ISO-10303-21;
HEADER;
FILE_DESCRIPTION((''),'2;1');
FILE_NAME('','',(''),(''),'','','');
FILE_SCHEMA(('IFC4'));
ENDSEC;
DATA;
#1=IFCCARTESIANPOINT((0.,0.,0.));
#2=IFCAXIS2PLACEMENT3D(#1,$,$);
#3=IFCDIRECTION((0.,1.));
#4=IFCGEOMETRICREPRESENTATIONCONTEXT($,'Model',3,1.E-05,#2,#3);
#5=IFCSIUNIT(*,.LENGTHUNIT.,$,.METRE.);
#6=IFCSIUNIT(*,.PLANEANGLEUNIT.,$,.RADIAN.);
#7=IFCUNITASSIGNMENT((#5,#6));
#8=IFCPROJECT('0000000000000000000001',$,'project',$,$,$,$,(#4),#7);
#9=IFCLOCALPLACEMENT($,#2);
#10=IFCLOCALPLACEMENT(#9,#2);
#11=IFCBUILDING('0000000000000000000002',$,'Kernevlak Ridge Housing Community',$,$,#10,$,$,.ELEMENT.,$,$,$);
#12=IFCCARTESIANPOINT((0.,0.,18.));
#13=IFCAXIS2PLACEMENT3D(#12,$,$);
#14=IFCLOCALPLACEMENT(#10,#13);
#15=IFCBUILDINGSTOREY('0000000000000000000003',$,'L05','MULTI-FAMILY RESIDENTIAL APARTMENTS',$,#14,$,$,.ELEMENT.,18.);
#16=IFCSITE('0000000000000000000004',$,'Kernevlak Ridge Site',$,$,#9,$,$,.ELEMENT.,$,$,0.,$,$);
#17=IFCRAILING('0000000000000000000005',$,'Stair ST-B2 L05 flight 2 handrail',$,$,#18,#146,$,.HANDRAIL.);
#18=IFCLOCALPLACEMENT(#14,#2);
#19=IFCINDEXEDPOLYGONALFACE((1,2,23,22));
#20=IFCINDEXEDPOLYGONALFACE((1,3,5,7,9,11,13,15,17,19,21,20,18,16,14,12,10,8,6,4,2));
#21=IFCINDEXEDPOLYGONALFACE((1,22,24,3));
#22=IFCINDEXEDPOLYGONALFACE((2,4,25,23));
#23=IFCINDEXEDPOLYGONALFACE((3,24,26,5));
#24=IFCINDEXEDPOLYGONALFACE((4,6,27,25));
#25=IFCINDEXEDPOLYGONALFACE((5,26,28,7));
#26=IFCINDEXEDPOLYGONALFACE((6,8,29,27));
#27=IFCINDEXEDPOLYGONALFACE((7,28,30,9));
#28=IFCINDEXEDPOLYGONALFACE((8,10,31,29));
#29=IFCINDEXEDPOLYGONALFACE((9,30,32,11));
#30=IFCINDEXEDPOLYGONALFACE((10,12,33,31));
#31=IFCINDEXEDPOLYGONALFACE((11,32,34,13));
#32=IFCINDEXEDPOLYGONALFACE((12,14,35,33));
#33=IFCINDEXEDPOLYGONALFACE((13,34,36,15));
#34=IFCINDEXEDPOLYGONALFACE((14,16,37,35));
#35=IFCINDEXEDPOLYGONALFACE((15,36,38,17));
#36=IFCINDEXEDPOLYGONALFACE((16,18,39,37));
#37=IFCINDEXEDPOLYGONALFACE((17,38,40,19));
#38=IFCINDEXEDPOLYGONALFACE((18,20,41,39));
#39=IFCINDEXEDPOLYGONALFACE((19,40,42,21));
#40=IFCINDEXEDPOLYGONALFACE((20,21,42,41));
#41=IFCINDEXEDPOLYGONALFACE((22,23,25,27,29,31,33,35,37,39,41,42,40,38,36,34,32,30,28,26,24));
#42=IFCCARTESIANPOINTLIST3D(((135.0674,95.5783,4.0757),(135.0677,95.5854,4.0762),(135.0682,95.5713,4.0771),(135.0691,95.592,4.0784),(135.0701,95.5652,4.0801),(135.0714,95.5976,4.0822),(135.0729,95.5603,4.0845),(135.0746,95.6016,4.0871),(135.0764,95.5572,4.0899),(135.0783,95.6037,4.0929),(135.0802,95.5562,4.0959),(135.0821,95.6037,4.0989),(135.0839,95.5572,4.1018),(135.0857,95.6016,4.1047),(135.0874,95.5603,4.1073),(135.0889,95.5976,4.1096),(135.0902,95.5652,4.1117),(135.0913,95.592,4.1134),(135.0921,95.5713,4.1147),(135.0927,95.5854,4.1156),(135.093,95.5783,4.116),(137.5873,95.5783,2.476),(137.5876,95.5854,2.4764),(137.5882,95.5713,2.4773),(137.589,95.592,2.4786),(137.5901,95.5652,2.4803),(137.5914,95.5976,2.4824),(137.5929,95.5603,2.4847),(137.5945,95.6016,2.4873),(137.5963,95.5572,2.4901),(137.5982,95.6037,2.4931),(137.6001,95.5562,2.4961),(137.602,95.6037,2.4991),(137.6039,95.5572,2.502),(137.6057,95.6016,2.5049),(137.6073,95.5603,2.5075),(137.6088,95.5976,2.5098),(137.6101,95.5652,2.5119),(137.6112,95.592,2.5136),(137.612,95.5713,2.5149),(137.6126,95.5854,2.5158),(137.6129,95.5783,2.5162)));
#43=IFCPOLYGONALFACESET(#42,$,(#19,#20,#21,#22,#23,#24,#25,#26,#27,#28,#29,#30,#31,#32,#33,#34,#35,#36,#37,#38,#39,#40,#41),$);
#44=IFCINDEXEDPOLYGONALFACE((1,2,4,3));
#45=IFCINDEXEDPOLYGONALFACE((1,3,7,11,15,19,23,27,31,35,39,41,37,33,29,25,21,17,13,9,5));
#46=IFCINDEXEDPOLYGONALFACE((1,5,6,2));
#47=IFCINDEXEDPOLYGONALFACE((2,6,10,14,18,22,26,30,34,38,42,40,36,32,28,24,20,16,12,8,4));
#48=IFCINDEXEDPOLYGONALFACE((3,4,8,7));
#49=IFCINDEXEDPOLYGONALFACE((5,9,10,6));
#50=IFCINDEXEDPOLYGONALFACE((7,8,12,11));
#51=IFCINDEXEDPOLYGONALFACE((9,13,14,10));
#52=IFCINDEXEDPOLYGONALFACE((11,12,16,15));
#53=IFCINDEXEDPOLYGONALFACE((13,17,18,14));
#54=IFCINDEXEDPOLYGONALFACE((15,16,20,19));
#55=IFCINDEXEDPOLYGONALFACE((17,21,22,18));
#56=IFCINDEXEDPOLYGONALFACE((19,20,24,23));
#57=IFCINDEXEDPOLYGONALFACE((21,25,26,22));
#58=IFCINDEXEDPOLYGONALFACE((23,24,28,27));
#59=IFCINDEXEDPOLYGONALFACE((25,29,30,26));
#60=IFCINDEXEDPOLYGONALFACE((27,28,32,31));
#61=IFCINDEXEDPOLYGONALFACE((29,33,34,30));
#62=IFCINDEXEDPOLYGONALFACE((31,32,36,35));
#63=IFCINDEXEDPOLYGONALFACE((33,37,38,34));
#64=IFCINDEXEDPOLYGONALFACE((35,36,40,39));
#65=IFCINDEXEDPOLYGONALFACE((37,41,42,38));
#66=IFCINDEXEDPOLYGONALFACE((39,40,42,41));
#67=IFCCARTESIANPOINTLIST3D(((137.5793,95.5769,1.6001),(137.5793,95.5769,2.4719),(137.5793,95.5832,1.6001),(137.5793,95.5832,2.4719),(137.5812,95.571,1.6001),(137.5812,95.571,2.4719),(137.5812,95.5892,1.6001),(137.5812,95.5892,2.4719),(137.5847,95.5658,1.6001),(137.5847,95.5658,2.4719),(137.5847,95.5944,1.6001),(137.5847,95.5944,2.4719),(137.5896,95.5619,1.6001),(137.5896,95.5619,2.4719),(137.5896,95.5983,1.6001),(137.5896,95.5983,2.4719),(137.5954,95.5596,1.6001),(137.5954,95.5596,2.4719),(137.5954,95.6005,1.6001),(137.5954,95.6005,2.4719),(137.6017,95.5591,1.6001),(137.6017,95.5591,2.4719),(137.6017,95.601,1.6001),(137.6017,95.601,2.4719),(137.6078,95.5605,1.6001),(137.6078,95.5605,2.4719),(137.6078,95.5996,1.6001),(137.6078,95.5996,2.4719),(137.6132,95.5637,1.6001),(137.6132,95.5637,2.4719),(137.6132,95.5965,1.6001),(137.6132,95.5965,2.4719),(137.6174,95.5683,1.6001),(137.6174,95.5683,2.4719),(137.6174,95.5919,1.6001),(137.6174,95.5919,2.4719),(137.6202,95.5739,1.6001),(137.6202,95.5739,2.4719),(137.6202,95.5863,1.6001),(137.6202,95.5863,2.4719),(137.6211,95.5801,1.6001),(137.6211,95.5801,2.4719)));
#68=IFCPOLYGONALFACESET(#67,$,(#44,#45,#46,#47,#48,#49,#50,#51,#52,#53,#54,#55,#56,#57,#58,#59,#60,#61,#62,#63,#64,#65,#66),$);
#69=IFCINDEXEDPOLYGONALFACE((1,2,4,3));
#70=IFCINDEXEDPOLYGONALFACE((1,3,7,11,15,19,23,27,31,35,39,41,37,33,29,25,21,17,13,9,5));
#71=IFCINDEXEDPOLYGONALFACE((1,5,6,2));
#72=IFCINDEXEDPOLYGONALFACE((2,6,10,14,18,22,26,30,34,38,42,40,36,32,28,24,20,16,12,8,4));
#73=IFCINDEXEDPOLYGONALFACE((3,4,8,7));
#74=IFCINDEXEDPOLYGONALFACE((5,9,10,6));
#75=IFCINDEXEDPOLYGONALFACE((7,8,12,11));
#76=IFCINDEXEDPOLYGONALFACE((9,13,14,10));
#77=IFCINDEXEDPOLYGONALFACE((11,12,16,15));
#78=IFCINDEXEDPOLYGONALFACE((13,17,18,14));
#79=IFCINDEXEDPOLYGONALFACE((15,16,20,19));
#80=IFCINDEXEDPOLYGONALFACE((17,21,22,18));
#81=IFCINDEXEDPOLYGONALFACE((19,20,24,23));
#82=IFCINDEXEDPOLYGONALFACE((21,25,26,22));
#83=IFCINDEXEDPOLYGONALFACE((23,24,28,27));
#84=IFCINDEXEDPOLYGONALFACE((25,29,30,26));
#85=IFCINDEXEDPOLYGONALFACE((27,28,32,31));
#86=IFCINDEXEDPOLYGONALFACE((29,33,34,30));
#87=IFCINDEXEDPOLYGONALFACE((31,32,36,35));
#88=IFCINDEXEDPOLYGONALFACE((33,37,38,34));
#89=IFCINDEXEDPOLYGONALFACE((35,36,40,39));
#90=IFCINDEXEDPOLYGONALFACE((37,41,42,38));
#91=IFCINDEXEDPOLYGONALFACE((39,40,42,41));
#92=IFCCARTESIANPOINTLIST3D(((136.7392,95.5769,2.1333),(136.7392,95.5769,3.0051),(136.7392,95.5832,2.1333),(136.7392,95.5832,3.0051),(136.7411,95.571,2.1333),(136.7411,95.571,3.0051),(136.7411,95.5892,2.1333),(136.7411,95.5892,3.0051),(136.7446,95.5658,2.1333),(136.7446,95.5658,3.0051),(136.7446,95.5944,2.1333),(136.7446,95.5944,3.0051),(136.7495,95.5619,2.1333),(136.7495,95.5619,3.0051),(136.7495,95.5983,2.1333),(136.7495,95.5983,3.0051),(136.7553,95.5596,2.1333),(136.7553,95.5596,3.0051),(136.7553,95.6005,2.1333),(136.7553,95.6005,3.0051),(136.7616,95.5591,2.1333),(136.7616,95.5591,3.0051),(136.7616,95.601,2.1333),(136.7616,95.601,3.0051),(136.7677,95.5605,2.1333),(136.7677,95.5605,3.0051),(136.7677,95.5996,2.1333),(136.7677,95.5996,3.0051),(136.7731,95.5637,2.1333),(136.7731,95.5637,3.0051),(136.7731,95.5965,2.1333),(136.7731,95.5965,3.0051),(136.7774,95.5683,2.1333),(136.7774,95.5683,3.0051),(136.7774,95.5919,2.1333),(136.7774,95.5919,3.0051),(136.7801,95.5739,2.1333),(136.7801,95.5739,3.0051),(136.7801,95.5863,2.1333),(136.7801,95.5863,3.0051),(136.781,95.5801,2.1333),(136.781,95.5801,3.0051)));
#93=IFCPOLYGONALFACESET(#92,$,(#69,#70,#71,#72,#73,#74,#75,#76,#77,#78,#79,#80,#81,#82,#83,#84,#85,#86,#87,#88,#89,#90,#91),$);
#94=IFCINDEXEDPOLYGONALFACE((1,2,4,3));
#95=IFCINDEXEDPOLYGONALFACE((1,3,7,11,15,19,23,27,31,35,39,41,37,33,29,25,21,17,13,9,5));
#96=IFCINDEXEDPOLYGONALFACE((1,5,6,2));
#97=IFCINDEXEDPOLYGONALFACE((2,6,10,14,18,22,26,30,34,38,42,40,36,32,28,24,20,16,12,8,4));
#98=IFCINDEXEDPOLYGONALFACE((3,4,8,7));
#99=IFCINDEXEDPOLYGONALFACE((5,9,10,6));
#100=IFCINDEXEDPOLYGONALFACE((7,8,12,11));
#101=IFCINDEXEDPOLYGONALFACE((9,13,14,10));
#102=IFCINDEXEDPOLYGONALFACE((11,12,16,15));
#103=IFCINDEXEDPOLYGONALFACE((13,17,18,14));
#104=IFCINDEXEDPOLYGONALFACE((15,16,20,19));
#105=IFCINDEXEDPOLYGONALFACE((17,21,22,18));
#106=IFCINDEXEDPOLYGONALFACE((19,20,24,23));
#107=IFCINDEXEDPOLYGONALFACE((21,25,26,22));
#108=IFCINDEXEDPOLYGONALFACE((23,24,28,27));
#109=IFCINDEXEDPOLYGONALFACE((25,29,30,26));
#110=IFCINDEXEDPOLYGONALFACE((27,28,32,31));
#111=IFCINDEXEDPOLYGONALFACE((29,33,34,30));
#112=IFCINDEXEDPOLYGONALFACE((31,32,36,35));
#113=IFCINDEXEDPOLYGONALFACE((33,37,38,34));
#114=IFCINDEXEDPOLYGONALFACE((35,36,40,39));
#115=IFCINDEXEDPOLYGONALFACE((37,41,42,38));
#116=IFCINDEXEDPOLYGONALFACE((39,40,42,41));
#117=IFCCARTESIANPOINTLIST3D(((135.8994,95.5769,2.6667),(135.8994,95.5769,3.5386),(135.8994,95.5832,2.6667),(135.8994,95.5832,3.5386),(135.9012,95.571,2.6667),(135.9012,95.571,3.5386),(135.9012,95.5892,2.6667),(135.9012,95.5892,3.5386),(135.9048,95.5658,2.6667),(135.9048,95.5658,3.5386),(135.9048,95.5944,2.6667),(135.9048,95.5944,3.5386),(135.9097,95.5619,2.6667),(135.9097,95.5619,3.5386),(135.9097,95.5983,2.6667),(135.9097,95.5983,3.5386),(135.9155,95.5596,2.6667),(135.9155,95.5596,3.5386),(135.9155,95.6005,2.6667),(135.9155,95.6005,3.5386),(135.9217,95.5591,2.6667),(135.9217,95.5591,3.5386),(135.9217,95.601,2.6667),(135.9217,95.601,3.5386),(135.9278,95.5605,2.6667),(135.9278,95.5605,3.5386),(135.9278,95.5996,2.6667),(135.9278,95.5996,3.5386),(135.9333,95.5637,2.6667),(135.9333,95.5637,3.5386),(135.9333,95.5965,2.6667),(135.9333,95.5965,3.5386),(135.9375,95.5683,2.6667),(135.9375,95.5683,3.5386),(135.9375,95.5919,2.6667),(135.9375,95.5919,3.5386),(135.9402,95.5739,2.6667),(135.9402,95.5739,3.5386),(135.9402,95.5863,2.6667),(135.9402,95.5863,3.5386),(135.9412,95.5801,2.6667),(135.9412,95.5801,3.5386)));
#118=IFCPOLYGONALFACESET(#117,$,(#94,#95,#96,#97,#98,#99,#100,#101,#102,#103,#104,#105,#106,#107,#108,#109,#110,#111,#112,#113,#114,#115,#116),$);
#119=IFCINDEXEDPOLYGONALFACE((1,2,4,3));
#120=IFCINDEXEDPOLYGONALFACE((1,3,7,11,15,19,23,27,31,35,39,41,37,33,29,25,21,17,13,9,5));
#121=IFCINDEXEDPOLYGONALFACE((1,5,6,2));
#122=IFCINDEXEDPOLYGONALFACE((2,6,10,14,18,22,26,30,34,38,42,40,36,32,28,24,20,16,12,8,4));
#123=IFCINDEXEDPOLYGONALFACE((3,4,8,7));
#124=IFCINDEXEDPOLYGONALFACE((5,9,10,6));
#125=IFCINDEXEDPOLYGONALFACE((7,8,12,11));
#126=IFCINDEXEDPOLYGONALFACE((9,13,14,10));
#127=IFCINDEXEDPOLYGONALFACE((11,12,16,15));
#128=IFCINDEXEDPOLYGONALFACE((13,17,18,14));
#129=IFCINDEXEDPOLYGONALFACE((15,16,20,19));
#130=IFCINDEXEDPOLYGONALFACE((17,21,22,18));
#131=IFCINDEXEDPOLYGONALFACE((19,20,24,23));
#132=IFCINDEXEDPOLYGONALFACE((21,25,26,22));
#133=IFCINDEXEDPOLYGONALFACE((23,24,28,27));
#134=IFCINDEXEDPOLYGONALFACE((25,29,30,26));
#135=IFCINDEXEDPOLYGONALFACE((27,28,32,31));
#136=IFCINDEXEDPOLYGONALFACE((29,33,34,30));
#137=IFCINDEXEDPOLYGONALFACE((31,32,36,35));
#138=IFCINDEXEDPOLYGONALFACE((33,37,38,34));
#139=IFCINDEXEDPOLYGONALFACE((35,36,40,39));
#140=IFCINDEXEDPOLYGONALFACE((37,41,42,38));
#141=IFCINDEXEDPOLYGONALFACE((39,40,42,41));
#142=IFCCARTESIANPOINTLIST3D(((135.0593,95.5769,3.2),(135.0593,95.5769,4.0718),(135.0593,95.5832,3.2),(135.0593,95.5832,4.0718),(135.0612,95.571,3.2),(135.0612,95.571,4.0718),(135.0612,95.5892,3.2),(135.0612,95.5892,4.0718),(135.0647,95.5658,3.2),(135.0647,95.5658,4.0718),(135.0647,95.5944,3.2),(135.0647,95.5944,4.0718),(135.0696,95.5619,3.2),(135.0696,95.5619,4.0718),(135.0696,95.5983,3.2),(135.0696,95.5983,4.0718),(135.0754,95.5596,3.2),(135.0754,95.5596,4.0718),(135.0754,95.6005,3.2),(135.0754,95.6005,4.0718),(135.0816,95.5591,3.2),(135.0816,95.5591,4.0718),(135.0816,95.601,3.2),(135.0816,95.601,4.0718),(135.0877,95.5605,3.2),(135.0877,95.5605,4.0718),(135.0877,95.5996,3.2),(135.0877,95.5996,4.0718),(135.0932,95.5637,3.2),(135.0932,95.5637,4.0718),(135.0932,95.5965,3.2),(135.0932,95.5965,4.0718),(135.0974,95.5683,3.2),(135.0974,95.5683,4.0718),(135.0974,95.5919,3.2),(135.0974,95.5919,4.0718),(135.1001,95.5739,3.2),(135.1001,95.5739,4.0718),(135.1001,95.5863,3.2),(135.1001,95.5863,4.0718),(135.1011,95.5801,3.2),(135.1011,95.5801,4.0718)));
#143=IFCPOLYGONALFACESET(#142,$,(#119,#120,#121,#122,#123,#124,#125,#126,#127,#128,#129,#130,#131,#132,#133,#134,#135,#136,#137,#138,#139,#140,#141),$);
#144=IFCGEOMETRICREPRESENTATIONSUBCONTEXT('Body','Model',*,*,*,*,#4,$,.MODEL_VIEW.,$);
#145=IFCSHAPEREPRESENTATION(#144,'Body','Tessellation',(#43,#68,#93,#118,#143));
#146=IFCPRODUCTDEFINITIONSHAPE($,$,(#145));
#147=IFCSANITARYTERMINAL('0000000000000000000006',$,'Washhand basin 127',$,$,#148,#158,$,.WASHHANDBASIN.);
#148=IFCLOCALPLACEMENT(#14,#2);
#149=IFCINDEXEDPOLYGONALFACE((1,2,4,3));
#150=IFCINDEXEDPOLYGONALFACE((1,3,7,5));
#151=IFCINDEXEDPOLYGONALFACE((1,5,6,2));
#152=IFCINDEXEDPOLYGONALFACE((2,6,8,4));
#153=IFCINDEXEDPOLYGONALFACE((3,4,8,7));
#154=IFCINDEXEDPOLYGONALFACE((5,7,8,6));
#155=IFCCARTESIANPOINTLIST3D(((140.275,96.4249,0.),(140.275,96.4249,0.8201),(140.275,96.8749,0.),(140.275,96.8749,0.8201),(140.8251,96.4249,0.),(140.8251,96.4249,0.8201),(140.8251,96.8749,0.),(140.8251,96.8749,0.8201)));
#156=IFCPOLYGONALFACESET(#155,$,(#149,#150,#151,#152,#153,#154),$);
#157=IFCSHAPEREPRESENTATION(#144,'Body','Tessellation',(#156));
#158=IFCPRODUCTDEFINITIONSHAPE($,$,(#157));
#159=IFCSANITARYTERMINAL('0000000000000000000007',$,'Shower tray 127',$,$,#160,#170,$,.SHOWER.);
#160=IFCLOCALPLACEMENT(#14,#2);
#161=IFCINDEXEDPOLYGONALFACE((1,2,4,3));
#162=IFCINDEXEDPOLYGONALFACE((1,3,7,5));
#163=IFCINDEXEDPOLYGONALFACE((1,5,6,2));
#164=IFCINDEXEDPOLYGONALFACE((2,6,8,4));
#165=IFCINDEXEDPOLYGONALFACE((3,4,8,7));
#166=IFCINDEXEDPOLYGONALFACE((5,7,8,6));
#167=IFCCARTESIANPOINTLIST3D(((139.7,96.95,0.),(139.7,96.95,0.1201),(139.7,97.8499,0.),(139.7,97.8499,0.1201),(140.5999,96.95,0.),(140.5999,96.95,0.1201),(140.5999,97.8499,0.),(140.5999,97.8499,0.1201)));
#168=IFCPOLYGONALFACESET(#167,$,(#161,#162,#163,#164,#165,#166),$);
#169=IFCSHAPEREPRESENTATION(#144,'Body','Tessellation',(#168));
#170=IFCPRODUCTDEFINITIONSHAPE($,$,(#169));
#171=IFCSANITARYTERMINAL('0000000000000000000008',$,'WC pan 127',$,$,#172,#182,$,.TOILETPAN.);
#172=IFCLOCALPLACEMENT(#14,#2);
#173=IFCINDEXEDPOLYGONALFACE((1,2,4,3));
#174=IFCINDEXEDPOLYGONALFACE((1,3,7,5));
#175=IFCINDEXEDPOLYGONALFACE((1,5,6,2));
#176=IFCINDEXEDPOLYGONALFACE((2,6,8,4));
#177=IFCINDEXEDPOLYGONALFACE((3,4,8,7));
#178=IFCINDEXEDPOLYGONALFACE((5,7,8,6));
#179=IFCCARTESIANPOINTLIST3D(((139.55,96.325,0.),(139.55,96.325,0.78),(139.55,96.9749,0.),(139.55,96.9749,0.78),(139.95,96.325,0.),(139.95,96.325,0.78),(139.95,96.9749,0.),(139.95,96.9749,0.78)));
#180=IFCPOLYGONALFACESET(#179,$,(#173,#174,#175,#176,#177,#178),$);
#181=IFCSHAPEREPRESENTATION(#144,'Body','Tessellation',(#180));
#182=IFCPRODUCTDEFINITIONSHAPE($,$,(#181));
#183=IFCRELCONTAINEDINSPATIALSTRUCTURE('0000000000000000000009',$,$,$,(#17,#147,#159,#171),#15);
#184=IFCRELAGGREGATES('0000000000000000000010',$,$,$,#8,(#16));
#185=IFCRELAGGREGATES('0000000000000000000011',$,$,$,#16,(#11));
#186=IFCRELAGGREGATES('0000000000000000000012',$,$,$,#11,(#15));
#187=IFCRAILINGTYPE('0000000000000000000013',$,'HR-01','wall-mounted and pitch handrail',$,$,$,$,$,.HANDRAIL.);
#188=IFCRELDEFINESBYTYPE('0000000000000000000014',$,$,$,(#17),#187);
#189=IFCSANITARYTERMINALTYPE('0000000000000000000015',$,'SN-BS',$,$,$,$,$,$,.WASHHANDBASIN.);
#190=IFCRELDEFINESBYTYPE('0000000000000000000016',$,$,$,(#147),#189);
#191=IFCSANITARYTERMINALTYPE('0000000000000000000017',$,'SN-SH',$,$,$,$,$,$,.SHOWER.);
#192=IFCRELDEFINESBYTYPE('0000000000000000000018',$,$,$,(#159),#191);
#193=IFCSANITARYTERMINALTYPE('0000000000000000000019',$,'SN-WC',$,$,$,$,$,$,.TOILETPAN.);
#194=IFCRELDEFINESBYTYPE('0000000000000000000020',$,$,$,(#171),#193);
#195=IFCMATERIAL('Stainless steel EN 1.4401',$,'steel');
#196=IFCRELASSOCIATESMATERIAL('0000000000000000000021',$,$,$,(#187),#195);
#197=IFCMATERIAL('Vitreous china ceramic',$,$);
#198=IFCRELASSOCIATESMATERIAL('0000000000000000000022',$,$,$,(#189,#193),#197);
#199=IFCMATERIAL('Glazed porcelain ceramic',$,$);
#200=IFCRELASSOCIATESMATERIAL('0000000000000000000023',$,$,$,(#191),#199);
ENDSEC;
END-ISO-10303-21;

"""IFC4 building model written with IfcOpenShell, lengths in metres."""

from ifc_helpers import new_model, si_unit, direction, frame, origin, origin_2d, place, context, subcontext, project, spatial, rectangle, circle, extrude, material, type_object, element, save


model = new_model("IFC4")

# Units and contexts
model_context = context("Model", 3, precision=1e-05, world=origin(), true_north=direction((0.0, 1.0)))
body_context = subcontext(model_context, "Body", "Model", "MODEL_VIEW")
ifc_project = project(units=[si_unit("LENGTHUNIT", "METRE"), si_unit("PLANEANGLEUNIT", "RADIAN")], contexts=[model_context])

# Site, building, storey
site_placement = place(None, origin())
site = spatial("IfcSite", under=ifc_project, at=site_placement, Name="Kernevlak Ridge Site", CompositionType="ELEMENT", RefElevation=0.0)
building_placement = place(site_placement, origin())
building = spatial("IfcBuilding", under=site, at=building_placement, Name="Kernevlak Ridge Housing Community", CompositionType="ELEMENT")
storey_placement = place(building_placement, frame((0.0, 0.0, 18.0)))
storey = spatial("IfcBuildingStorey", under=building, at=storey_placement, Name="L05", Description="MULTI-FAMILY RESIDENTIAL APARTMENTS", CompositionType="ELEMENT", Elevation=18.0)

# Railing
ifc_material_1 = material(Name="Stainless steel EN 1.4401", Category="steel")
railing_type_1 = type_object("IfcRailingType", Name="HR-01", Description="wall-mounted and pitch handrail", PredefinedType="HANDRAIL", material=ifc_material_1)
railing_1_placement = place(storey_placement, frame((137.6001, 95.5801, 1.6001)))
element("IfcRailing", 1, at=railing_1_placement, inside=storey, type_object=railing_type_1, Name="Stair ST-B2 L05 flight 2 handrail", PredefinedType="HANDRAIL", context=body_context, shape_type="SweptSolid", body=[
    extrude(circle(Radius=0.0239, at=origin_2d()), frame((0.0, 0.0, 0.896), z_axis=(-0.844237, 0.0, 0.53597), x_axis=(0.0, -1.0, 0.0)), (0.0, 0.0, 1.0), 2.9849),
    extrude(circle(Radius=0.021, at=origin_2d()), origin(), (0.0, 0.0, 1.0), 0.8718),
    extrude(circle(Radius=0.021, at=origin_2d()), frame((-0.8401, 0.0, 0.5332)), (0.0, 0.0, 1.0), 0.8718),
    extrude(circle(Radius=0.021, at=origin_2d()), frame((-1.6799, 0.0, 1.0667)), (0.0, 0.0, 1.0), 0.8718),
    extrude(circle(Radius=0.021, at=origin_2d()), frame((-2.52, 0.0, 1.5999)), (0.0, 0.0, 1.0), 0.8718),
])

# Sanitary terminals
ifc_material_2 = material(Name="Vitreous china ceramic")
sanitary_terminal_type_1 = type_object("IfcSanitaryTerminalType", Name="SN-BS", PredefinedType="WASHHANDBASIN", material=ifc_material_2)
sanitary_terminal_1_placement = place(storey_placement, frame((140.55, 96.6499, 0.0), z_axis=(0.0, 0.0, 1.0), x_axis=(1.0, 0.0, 0.0)))
element("IfcSanitaryTerminal", 2, at=sanitary_terminal_1_placement, inside=storey, type_object=sanitary_terminal_type_1, Name="Washhand basin 127", PredefinedType="WASHHANDBASIN", context=body_context, shape_type="SweptSolid", body=[
    extrude(rectangle(XDim=0.55, YDim=0.45, at=origin_2d()), origin(), (0.0, 0.0, 1.0), 0.8201),
])
ifc_material_3 = material(Name="Glazed porcelain ceramic")
sanitary_terminal_type_2 = type_object("IfcSanitaryTerminalType", Name="SN-SH", PredefinedType="SHOWER", material=ifc_material_3)
sanitary_terminal_2_placement = place(storey_placement, frame((140.1499, 97.3999, 0.0), z_axis=(0.0, 0.0, 1.0), x_axis=(1.0, 0.0, 0.0)))
element("IfcSanitaryTerminal", 3, at=sanitary_terminal_2_placement, inside=storey, type_object=sanitary_terminal_type_2, Name="Shower tray 127", PredefinedType="SHOWER", context=body_context, shape_type="SweptSolid", body=[
    extrude(rectangle(XDim=0.8999, YDim=0.8999, at=origin_2d()), origin(), (0.0, 0.0, 1.0), 0.1201),
])
sanitary_terminal_type_3 = type_object("IfcSanitaryTerminalType", Name="SN-WC", PredefinedType="TOILETPAN", material=ifc_material_2)
sanitary_terminal_3_placement = place(storey_placement, frame((139.75, 96.6499, 0.0), z_axis=(0.0, 0.0, 1.0), x_axis=(1.0, 0.0, 0.0)))
element("IfcSanitaryTerminal", 4, at=sanitary_terminal_3_placement, inside=storey, type_object=sanitary_terminal_type_3, Name="WC pan 127", PredefinedType="TOILETPAN", context=body_context, shape_type="SweptSolid", body=[
    extrude(rectangle(XDim=0.3999, YDim=0.6499, at=origin_2d()), origin(), (0.0, 0.0, 1.0), 0.78),
])

save(model, "model.ifc")
